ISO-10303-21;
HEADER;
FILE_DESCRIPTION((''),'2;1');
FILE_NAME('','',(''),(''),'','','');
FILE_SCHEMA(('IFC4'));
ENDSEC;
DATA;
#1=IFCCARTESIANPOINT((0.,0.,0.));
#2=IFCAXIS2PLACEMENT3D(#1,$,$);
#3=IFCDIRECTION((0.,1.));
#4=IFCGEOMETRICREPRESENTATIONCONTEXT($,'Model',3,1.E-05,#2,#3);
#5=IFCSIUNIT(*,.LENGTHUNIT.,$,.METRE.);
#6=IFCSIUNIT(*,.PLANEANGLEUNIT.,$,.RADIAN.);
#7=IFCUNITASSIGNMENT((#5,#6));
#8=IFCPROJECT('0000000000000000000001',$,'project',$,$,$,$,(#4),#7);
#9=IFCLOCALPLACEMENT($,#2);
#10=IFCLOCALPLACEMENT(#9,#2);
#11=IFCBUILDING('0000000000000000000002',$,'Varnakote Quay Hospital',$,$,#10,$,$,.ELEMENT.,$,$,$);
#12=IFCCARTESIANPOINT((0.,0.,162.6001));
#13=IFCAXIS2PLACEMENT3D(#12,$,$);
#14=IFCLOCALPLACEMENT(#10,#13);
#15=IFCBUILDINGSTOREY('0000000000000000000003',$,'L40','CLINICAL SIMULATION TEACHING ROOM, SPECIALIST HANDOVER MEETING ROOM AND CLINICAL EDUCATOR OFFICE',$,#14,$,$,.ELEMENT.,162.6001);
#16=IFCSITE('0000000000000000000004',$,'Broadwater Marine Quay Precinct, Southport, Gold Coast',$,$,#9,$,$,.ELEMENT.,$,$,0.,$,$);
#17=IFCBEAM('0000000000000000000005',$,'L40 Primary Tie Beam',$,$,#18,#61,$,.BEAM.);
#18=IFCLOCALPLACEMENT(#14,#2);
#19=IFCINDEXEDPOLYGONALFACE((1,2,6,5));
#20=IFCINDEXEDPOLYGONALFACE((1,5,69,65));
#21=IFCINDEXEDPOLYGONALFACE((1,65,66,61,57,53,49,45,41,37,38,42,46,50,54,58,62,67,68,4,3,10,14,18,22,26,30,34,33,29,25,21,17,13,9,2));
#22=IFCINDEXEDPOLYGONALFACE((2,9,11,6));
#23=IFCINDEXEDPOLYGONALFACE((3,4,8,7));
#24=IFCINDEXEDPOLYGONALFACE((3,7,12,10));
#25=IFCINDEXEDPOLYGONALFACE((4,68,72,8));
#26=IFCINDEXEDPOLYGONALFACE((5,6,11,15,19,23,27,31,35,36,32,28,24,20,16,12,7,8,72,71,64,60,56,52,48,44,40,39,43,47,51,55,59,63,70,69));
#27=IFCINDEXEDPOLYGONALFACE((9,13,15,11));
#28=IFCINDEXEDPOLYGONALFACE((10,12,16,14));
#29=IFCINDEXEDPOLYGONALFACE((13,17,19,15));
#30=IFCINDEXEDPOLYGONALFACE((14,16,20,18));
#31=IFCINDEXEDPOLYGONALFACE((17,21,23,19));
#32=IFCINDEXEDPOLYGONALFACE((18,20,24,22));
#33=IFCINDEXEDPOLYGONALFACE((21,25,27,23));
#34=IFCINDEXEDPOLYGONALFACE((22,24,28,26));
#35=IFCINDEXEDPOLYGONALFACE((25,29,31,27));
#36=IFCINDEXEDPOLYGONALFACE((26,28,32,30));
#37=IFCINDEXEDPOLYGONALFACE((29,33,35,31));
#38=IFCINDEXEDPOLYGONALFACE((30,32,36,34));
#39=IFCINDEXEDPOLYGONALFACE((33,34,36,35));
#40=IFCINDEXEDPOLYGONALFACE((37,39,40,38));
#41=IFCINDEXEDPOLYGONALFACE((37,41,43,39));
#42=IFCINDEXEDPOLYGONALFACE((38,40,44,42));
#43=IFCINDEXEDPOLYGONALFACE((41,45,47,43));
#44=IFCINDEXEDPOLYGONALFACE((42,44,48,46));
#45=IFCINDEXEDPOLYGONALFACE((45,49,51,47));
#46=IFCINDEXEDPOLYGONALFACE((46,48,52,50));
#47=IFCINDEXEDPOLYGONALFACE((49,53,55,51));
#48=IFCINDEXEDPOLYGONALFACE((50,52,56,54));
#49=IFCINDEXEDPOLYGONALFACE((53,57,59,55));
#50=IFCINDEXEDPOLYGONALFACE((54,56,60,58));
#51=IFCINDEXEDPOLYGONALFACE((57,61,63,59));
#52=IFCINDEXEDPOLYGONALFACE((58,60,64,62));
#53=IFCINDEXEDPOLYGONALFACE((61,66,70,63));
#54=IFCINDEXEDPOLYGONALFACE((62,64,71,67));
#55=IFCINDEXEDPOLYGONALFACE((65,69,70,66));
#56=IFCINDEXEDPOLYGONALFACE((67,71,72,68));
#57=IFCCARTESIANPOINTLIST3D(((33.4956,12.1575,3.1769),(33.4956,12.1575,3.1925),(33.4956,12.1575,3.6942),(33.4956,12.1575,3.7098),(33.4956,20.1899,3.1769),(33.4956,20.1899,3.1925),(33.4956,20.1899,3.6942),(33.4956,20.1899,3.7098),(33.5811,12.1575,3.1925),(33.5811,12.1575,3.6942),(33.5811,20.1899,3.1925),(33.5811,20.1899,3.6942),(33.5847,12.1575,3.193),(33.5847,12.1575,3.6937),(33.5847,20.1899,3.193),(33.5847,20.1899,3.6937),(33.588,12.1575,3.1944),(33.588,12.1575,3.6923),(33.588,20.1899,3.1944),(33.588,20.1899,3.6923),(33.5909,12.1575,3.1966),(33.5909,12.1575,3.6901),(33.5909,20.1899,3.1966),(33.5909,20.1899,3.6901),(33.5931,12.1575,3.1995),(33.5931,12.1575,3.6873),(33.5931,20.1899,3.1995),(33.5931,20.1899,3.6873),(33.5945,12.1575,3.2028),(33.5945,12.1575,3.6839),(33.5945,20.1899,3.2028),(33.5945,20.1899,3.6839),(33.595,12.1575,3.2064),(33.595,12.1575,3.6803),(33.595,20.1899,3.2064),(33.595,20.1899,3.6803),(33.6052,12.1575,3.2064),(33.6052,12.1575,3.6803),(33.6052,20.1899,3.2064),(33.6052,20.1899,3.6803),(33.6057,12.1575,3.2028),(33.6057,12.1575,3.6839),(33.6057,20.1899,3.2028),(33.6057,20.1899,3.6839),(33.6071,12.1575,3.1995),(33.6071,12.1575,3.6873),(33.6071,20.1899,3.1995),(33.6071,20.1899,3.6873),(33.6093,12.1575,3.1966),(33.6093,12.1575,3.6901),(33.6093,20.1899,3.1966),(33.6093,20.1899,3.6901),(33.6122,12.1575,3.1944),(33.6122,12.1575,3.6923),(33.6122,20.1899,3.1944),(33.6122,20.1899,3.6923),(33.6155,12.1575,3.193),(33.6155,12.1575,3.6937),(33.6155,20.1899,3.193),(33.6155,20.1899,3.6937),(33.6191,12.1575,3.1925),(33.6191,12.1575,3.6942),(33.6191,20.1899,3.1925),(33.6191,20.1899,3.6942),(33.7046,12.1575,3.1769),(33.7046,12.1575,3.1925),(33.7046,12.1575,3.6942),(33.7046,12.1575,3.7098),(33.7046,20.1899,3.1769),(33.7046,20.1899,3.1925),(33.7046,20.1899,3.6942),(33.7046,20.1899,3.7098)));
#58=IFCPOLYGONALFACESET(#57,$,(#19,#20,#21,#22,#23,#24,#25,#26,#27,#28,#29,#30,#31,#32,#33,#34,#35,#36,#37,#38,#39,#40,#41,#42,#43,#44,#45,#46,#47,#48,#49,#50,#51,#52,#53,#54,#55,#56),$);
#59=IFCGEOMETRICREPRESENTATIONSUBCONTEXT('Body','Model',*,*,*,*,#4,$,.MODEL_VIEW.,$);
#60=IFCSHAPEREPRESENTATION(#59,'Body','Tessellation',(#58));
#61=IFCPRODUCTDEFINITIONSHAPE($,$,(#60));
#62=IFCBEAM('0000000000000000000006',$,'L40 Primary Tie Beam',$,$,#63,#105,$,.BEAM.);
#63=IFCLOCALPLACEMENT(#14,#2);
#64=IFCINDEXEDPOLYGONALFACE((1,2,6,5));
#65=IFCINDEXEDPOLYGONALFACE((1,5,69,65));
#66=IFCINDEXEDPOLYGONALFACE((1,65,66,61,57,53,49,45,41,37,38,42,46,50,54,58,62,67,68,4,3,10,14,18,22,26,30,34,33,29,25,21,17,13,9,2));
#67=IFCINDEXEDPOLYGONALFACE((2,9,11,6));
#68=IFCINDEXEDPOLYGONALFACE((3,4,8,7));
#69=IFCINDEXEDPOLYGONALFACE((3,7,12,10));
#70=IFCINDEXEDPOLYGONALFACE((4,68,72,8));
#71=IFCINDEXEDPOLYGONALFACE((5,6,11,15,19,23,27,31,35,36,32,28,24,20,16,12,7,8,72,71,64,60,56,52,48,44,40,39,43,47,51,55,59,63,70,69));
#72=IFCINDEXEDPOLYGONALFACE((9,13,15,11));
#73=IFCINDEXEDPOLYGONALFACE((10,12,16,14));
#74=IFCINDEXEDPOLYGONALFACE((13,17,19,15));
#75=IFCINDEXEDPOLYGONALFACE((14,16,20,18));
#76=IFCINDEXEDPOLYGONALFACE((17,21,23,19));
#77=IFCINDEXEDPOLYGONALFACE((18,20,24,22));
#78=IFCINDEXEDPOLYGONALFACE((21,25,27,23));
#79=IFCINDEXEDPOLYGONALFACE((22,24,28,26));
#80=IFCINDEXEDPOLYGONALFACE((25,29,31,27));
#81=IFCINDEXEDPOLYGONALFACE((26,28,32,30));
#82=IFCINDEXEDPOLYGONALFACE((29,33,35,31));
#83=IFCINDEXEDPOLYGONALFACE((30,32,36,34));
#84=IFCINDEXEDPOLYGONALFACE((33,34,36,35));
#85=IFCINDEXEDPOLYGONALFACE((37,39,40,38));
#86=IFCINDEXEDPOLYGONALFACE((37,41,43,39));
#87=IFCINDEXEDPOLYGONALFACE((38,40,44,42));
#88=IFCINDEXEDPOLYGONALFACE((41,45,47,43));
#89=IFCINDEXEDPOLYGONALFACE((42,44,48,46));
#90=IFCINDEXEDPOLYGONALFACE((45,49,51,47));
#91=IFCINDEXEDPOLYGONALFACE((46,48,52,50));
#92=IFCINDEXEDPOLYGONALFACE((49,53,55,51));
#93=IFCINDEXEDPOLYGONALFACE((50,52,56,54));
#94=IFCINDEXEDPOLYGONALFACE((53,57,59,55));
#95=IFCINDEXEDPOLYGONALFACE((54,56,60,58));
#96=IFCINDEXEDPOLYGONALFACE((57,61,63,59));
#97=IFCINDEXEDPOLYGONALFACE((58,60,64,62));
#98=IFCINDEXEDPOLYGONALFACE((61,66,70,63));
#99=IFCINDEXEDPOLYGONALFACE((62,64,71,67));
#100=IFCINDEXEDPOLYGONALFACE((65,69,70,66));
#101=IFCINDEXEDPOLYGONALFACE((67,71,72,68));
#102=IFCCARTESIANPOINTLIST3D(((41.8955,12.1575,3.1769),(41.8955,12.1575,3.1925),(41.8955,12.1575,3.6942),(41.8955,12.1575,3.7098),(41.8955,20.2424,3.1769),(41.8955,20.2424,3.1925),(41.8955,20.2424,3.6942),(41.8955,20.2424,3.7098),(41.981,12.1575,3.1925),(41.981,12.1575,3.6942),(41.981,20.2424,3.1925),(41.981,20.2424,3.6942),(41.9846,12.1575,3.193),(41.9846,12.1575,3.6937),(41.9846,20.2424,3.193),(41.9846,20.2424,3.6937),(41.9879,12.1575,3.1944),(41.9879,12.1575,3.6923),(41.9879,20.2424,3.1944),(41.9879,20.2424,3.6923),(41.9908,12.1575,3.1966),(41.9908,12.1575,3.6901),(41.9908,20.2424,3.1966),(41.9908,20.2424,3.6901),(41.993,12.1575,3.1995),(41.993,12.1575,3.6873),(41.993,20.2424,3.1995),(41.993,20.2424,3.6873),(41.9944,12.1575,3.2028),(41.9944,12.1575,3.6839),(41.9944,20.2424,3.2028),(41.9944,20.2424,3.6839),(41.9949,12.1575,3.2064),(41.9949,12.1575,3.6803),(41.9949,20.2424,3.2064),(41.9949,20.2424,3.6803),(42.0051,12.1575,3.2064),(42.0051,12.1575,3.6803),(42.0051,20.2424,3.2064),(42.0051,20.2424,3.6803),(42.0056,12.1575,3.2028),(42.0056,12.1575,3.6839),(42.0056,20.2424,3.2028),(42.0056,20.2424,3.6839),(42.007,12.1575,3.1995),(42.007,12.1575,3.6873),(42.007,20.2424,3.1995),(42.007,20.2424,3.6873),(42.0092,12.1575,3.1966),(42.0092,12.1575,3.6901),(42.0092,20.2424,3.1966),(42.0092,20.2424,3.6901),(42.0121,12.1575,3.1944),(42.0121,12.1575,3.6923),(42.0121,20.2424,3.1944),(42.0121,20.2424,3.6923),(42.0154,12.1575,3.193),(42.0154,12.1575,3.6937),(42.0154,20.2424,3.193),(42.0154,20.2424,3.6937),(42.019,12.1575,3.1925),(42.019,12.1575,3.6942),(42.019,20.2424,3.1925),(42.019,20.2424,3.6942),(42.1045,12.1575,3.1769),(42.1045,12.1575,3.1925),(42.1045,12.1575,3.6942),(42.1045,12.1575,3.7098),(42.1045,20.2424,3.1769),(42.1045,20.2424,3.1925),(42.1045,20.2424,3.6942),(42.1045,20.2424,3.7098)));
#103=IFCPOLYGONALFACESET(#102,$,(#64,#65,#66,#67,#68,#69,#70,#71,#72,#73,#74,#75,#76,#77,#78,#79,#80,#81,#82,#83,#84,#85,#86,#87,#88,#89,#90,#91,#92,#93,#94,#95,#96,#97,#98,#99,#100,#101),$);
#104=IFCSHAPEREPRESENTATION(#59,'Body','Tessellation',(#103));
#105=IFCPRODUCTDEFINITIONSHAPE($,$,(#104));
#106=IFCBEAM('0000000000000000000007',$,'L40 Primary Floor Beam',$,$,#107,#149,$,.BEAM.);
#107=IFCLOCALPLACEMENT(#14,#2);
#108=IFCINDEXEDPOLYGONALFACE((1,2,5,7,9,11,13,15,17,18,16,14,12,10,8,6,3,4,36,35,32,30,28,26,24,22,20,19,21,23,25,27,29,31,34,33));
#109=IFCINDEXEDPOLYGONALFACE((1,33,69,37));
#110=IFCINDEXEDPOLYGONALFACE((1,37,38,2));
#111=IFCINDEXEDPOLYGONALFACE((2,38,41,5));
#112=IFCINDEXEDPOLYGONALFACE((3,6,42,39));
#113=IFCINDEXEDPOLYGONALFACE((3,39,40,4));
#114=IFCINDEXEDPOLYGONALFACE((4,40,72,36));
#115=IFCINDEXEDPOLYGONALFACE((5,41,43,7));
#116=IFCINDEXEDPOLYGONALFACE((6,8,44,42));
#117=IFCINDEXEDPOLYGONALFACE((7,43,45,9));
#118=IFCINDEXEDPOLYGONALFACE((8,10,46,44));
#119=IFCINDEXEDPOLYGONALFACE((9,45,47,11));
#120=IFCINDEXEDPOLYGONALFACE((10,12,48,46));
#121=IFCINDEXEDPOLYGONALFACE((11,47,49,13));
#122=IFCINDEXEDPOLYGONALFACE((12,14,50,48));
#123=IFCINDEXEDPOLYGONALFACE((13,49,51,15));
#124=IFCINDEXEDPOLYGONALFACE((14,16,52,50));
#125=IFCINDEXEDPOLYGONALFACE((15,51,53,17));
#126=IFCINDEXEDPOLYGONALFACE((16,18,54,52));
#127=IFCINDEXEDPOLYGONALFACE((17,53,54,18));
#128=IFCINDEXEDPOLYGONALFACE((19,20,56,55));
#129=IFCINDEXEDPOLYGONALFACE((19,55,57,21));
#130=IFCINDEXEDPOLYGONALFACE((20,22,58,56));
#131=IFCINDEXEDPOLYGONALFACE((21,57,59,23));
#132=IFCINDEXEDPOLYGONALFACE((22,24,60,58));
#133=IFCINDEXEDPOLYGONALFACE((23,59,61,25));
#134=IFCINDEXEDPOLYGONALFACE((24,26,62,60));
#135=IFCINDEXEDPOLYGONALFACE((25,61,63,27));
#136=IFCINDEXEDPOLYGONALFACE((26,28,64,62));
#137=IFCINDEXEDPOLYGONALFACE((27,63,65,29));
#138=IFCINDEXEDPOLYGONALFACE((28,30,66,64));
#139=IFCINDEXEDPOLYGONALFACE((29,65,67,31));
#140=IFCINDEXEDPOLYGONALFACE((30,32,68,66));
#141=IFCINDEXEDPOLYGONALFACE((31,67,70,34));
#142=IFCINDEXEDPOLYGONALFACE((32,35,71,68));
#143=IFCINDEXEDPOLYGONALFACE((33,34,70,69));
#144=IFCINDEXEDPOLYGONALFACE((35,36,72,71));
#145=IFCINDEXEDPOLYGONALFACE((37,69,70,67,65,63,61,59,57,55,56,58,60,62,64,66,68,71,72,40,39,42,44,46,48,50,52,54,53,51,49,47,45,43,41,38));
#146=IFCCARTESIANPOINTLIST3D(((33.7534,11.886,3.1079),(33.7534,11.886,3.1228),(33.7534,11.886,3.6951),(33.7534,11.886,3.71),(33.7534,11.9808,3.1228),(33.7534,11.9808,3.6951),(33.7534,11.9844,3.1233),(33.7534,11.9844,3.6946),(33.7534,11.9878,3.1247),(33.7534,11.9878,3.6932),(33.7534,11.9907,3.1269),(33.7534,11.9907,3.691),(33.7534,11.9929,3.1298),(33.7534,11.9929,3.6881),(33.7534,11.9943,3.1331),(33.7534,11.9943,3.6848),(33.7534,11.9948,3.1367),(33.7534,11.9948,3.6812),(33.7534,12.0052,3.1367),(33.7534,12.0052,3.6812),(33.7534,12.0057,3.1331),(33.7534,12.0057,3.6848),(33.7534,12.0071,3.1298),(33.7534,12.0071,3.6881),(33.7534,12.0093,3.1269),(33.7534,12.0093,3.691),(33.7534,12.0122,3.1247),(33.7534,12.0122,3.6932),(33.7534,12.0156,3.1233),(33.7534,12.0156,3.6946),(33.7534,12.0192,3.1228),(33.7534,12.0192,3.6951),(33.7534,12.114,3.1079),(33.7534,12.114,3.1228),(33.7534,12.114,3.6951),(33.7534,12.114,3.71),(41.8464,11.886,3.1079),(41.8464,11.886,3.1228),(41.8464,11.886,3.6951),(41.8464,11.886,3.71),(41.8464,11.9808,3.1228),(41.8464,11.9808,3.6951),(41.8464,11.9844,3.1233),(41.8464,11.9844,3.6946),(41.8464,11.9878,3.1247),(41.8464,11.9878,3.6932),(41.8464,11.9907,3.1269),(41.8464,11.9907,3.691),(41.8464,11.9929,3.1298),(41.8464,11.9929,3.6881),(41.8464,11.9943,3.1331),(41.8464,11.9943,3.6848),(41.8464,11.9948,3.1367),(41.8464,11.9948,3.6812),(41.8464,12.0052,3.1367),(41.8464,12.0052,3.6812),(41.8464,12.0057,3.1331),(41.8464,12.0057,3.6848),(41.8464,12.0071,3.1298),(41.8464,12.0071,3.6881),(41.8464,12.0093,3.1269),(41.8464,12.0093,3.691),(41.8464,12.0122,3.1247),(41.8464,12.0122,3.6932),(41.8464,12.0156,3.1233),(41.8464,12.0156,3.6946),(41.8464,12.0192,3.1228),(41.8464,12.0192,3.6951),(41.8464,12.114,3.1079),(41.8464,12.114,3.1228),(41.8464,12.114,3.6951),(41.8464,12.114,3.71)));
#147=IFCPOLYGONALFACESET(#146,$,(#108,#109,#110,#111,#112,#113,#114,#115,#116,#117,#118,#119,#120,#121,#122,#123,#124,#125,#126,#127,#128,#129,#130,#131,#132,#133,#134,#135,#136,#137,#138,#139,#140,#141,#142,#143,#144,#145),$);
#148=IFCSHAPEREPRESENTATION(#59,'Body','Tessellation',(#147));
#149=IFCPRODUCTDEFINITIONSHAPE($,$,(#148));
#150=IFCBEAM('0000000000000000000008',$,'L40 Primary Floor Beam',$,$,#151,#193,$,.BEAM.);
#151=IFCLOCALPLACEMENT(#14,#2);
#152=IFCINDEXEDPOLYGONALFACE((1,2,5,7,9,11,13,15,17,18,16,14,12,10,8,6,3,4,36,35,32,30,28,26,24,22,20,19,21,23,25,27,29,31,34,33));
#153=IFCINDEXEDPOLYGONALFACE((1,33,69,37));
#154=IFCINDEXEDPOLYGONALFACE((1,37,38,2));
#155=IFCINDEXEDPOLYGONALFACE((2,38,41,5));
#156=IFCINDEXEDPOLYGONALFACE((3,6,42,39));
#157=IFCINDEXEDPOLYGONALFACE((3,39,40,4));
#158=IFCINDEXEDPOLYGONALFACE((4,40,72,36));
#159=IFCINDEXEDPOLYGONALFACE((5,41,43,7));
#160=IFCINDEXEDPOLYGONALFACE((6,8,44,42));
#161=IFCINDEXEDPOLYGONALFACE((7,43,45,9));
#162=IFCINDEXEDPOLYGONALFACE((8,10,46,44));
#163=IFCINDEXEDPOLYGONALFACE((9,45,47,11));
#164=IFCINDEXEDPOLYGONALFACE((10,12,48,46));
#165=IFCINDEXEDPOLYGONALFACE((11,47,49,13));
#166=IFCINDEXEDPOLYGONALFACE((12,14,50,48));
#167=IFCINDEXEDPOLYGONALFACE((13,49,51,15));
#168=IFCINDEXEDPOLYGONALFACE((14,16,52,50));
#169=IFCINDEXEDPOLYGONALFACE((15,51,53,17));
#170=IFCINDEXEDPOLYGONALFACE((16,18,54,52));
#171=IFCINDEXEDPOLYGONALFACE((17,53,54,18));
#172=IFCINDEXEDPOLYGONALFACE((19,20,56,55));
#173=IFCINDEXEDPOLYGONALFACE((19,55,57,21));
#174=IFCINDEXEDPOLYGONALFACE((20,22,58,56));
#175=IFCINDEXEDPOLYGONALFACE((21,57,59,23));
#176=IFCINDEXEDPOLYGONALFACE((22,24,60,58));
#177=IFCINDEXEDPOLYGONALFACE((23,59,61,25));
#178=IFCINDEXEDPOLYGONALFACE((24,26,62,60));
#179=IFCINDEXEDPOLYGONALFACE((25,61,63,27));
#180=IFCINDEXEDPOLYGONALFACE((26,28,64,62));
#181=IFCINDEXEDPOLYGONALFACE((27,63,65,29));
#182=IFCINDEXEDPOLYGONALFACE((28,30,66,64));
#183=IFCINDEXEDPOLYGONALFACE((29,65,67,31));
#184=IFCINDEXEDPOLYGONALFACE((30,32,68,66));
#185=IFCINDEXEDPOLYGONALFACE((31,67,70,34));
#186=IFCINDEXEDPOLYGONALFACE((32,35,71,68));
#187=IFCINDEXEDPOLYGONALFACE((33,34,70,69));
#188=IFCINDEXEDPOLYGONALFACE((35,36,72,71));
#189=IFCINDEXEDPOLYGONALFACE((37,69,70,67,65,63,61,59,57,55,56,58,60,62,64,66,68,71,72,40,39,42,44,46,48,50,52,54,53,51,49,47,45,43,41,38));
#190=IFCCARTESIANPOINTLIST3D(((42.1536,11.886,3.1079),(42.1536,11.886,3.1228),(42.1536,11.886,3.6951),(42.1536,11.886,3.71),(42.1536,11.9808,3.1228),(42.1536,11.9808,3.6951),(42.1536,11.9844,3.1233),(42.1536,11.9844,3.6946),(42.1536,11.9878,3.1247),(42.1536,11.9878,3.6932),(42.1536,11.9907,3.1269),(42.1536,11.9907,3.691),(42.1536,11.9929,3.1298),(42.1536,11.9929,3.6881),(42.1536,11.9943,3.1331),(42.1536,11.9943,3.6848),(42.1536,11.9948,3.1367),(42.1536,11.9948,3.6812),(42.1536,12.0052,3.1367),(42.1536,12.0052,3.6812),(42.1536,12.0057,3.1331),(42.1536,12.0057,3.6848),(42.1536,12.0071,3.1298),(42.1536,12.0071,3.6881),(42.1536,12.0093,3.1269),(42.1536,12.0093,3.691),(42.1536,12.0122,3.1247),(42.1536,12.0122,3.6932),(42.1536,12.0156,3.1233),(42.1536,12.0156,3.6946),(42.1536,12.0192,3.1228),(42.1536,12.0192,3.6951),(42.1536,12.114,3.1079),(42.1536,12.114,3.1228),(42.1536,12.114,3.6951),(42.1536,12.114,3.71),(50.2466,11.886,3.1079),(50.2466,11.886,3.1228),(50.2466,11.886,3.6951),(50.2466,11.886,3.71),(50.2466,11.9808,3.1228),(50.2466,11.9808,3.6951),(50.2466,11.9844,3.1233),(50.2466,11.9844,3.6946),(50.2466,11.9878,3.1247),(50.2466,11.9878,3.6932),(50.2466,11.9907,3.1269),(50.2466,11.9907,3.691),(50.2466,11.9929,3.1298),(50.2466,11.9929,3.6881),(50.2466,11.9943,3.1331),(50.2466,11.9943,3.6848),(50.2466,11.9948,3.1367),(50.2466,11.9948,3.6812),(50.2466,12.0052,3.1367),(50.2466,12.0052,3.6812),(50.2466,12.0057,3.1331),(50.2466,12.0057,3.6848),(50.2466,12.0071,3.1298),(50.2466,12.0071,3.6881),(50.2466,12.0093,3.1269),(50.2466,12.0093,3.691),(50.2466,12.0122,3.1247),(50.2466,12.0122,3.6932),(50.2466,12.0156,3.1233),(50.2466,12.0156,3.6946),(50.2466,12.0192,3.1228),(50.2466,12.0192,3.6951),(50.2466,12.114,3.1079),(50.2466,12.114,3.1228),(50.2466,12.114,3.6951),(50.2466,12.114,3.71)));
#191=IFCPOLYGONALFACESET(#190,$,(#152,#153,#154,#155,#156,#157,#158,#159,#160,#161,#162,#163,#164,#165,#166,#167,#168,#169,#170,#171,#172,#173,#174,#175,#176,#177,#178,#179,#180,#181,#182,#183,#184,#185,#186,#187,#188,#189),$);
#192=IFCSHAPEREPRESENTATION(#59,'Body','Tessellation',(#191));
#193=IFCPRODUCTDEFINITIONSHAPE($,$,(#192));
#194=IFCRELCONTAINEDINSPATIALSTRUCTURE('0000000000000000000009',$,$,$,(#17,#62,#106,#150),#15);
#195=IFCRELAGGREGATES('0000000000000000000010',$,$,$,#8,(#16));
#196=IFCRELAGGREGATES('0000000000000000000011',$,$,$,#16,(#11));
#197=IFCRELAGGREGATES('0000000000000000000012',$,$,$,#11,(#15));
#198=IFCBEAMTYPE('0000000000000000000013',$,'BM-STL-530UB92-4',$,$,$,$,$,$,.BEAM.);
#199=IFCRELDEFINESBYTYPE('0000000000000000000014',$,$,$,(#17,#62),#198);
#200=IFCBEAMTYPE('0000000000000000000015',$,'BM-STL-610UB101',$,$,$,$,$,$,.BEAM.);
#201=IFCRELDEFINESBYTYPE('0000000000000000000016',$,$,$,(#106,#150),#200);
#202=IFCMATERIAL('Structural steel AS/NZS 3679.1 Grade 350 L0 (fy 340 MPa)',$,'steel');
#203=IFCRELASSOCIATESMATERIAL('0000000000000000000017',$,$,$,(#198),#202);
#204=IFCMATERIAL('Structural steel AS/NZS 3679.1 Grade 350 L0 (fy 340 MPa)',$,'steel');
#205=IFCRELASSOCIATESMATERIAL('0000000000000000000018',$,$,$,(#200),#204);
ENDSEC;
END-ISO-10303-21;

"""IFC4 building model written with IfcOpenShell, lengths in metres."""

from ifc_helpers import new_model, si_unit, direction, frame, origin, origin_2d, place, context, subcontext, project, spatial, i_section, extrude, material, material_profile, profile_set, type_object, element, save


model = new_model("IFC4")

# Units and contexts
model_context = context("Model", 3, precision=1e-05, world=origin(), true_north=direction((0.0, 1.0)))
body_context = subcontext(model_context, "Body", "Model", "MODEL_VIEW")
ifc_project = project(units=[si_unit("LENGTHUNIT", "METRE"), si_unit("PLANEANGLEUNIT", "RADIAN")], contexts=[model_context])

# Site, building, storey
site_placement = place(None, origin())
site = spatial("IfcSite", under=ifc_project, at=site_placement, Name="Broadwater Marine Quay Precinct, Southport, Gold Coast", CompositionType="ELEMENT", RefElevation=0.0)
building_placement = place(site_placement, origin())
building = spatial("IfcBuilding", under=site, at=building_placement, Name="Varnakote Quay Hospital", CompositionType="ELEMENT")
storey_placement = place(building_placement, frame((0.0, 0.0, 162.6001)))
storey = spatial("IfcBuildingStorey", under=building, at=storey_placement, Name="L40", Description="CLINICAL SIMULATION TEACHING ROOM, SPECIALIST HANDOVER MEETING ROOM AND CLINICAL EDUCATOR OFFICE", CompositionType="ELEMENT", Elevation=162.6001)

# Beams
ifc_material_1 = material(Name="Structural steel AS/NZS 3679.1 Grade 350 L0 (fy 340 MPa)", Category="steel")
ifc_material_profile_1 = material_profile(ifc_material_1, i_section(OverallWidth=0.209, OverallDepth=0.533, WebThickness=0.0103, FlangeThickness=0.0156, FilletRadius=0.0139, at=origin_2d()), Name="530UB92.4")
ifc_profile_set_1 = profile_set([ifc_material_profile_1], Name="Structural steel AS/NZS 3679.1 Grade 350 L0 (fy 340 MPa)")
beam_type_1 = type_object("IfcBeamType", Name="BM-STL-530UB92-4", PredefinedType="BEAM", material=ifc_profile_set_1)
beam_1_placement = place(storey_placement, frame((33.6001, 12.1575, 3.4434), z_axis=(0.0, 1.0, 0.0), x_axis=(-1.0, 0.0, 0.0)))
element("IfcBeam", 1, at=beam_1_placement, inside=storey, type_object=beam_type_1, Name="L40 Primary Tie Beam", PredefinedType="BEAM", context=body_context, shape_type="SweptSolid", body=[
    extrude(i_section(OverallWidth=0.209, OverallDepth=0.533, WebThickness=0.0103, FlangeThickness=0.0156, FilletRadius=0.0139, at=origin_2d()), origin(), (0.0, 0.0, 1.0), 8.0325),
])
beam_2_placement = place(storey_placement, frame((42.0, 12.1575, 3.4434), z_axis=(0.0, 1.0, 0.0), x_axis=(-1.0, 0.0, 0.0)))
element("IfcBeam", 2, at=beam_2_placement, inside=storey, type_object=beam_type_1, Name="L40 Primary Tie Beam", PredefinedType="BEAM", context=body_context, shape_type="SweptSolid", body=[
    extrude(i_section(OverallWidth=0.209, OverallDepth=0.533, WebThickness=0.0103, FlangeThickness=0.0156, FilletRadius=0.0139, at=origin_2d()), origin(), (0.0, 0.0, 1.0), 8.085),
])
ifc_material_2 = material(Name="Structural steel AS/NZS 3679.1 Grade 350 L0 (fy 340 MPa)", Category="steel")
ifc_material_profile_2 = material_profile(ifc_material_2, i_section(OverallWidth=0.228, OverallDepth=0.6021, WebThickness=0.0105, FlangeThickness=0.0149, FilletRadius=0.0139, at=origin_2d()), Name="610UB101")
ifc_profile_set_2 = profile_set([ifc_material_profile_2], Name="Structural steel AS/NZS 3679.1 Grade 350 L0 (fy 340 MPa)")
beam_type_2 = type_object("IfcBeamType", Name="BM-STL-610UB101", PredefinedType="BEAM", material=ifc_profile_set_2)
for number, where, z_axis, x_axis, name in (
    (3, (33.7534, 12.0, 3.4089), (1.0, 0.0, 0.0), (0.0, 1.0, 0.0), "L40 Primary Floor Beam"),
    (4, (42.1536, 12.0, 3.4089), (1.0, 0.0, 0.0), (0.0, 1.0, 0.0), "L40 Primary Floor Beam"),
):
    element("IfcBeam", number, at=place(storey_placement, frame(where, z_axis=z_axis, x_axis=x_axis)), inside=storey, type_object=beam_type_2, Name=name, PredefinedType="BEAM", context=body_context, shape_type="SweptSolid", body=[
        extrude(i_section(OverallWidth=0.228, OverallDepth=0.6021, WebThickness=0.0105, FlangeThickness=0.0149, FilletRadius=0.0139, at=origin_2d()), origin(), (0.0, 0.0, 1.0), 8.093),
    ])

save(model, "model.ifc")
